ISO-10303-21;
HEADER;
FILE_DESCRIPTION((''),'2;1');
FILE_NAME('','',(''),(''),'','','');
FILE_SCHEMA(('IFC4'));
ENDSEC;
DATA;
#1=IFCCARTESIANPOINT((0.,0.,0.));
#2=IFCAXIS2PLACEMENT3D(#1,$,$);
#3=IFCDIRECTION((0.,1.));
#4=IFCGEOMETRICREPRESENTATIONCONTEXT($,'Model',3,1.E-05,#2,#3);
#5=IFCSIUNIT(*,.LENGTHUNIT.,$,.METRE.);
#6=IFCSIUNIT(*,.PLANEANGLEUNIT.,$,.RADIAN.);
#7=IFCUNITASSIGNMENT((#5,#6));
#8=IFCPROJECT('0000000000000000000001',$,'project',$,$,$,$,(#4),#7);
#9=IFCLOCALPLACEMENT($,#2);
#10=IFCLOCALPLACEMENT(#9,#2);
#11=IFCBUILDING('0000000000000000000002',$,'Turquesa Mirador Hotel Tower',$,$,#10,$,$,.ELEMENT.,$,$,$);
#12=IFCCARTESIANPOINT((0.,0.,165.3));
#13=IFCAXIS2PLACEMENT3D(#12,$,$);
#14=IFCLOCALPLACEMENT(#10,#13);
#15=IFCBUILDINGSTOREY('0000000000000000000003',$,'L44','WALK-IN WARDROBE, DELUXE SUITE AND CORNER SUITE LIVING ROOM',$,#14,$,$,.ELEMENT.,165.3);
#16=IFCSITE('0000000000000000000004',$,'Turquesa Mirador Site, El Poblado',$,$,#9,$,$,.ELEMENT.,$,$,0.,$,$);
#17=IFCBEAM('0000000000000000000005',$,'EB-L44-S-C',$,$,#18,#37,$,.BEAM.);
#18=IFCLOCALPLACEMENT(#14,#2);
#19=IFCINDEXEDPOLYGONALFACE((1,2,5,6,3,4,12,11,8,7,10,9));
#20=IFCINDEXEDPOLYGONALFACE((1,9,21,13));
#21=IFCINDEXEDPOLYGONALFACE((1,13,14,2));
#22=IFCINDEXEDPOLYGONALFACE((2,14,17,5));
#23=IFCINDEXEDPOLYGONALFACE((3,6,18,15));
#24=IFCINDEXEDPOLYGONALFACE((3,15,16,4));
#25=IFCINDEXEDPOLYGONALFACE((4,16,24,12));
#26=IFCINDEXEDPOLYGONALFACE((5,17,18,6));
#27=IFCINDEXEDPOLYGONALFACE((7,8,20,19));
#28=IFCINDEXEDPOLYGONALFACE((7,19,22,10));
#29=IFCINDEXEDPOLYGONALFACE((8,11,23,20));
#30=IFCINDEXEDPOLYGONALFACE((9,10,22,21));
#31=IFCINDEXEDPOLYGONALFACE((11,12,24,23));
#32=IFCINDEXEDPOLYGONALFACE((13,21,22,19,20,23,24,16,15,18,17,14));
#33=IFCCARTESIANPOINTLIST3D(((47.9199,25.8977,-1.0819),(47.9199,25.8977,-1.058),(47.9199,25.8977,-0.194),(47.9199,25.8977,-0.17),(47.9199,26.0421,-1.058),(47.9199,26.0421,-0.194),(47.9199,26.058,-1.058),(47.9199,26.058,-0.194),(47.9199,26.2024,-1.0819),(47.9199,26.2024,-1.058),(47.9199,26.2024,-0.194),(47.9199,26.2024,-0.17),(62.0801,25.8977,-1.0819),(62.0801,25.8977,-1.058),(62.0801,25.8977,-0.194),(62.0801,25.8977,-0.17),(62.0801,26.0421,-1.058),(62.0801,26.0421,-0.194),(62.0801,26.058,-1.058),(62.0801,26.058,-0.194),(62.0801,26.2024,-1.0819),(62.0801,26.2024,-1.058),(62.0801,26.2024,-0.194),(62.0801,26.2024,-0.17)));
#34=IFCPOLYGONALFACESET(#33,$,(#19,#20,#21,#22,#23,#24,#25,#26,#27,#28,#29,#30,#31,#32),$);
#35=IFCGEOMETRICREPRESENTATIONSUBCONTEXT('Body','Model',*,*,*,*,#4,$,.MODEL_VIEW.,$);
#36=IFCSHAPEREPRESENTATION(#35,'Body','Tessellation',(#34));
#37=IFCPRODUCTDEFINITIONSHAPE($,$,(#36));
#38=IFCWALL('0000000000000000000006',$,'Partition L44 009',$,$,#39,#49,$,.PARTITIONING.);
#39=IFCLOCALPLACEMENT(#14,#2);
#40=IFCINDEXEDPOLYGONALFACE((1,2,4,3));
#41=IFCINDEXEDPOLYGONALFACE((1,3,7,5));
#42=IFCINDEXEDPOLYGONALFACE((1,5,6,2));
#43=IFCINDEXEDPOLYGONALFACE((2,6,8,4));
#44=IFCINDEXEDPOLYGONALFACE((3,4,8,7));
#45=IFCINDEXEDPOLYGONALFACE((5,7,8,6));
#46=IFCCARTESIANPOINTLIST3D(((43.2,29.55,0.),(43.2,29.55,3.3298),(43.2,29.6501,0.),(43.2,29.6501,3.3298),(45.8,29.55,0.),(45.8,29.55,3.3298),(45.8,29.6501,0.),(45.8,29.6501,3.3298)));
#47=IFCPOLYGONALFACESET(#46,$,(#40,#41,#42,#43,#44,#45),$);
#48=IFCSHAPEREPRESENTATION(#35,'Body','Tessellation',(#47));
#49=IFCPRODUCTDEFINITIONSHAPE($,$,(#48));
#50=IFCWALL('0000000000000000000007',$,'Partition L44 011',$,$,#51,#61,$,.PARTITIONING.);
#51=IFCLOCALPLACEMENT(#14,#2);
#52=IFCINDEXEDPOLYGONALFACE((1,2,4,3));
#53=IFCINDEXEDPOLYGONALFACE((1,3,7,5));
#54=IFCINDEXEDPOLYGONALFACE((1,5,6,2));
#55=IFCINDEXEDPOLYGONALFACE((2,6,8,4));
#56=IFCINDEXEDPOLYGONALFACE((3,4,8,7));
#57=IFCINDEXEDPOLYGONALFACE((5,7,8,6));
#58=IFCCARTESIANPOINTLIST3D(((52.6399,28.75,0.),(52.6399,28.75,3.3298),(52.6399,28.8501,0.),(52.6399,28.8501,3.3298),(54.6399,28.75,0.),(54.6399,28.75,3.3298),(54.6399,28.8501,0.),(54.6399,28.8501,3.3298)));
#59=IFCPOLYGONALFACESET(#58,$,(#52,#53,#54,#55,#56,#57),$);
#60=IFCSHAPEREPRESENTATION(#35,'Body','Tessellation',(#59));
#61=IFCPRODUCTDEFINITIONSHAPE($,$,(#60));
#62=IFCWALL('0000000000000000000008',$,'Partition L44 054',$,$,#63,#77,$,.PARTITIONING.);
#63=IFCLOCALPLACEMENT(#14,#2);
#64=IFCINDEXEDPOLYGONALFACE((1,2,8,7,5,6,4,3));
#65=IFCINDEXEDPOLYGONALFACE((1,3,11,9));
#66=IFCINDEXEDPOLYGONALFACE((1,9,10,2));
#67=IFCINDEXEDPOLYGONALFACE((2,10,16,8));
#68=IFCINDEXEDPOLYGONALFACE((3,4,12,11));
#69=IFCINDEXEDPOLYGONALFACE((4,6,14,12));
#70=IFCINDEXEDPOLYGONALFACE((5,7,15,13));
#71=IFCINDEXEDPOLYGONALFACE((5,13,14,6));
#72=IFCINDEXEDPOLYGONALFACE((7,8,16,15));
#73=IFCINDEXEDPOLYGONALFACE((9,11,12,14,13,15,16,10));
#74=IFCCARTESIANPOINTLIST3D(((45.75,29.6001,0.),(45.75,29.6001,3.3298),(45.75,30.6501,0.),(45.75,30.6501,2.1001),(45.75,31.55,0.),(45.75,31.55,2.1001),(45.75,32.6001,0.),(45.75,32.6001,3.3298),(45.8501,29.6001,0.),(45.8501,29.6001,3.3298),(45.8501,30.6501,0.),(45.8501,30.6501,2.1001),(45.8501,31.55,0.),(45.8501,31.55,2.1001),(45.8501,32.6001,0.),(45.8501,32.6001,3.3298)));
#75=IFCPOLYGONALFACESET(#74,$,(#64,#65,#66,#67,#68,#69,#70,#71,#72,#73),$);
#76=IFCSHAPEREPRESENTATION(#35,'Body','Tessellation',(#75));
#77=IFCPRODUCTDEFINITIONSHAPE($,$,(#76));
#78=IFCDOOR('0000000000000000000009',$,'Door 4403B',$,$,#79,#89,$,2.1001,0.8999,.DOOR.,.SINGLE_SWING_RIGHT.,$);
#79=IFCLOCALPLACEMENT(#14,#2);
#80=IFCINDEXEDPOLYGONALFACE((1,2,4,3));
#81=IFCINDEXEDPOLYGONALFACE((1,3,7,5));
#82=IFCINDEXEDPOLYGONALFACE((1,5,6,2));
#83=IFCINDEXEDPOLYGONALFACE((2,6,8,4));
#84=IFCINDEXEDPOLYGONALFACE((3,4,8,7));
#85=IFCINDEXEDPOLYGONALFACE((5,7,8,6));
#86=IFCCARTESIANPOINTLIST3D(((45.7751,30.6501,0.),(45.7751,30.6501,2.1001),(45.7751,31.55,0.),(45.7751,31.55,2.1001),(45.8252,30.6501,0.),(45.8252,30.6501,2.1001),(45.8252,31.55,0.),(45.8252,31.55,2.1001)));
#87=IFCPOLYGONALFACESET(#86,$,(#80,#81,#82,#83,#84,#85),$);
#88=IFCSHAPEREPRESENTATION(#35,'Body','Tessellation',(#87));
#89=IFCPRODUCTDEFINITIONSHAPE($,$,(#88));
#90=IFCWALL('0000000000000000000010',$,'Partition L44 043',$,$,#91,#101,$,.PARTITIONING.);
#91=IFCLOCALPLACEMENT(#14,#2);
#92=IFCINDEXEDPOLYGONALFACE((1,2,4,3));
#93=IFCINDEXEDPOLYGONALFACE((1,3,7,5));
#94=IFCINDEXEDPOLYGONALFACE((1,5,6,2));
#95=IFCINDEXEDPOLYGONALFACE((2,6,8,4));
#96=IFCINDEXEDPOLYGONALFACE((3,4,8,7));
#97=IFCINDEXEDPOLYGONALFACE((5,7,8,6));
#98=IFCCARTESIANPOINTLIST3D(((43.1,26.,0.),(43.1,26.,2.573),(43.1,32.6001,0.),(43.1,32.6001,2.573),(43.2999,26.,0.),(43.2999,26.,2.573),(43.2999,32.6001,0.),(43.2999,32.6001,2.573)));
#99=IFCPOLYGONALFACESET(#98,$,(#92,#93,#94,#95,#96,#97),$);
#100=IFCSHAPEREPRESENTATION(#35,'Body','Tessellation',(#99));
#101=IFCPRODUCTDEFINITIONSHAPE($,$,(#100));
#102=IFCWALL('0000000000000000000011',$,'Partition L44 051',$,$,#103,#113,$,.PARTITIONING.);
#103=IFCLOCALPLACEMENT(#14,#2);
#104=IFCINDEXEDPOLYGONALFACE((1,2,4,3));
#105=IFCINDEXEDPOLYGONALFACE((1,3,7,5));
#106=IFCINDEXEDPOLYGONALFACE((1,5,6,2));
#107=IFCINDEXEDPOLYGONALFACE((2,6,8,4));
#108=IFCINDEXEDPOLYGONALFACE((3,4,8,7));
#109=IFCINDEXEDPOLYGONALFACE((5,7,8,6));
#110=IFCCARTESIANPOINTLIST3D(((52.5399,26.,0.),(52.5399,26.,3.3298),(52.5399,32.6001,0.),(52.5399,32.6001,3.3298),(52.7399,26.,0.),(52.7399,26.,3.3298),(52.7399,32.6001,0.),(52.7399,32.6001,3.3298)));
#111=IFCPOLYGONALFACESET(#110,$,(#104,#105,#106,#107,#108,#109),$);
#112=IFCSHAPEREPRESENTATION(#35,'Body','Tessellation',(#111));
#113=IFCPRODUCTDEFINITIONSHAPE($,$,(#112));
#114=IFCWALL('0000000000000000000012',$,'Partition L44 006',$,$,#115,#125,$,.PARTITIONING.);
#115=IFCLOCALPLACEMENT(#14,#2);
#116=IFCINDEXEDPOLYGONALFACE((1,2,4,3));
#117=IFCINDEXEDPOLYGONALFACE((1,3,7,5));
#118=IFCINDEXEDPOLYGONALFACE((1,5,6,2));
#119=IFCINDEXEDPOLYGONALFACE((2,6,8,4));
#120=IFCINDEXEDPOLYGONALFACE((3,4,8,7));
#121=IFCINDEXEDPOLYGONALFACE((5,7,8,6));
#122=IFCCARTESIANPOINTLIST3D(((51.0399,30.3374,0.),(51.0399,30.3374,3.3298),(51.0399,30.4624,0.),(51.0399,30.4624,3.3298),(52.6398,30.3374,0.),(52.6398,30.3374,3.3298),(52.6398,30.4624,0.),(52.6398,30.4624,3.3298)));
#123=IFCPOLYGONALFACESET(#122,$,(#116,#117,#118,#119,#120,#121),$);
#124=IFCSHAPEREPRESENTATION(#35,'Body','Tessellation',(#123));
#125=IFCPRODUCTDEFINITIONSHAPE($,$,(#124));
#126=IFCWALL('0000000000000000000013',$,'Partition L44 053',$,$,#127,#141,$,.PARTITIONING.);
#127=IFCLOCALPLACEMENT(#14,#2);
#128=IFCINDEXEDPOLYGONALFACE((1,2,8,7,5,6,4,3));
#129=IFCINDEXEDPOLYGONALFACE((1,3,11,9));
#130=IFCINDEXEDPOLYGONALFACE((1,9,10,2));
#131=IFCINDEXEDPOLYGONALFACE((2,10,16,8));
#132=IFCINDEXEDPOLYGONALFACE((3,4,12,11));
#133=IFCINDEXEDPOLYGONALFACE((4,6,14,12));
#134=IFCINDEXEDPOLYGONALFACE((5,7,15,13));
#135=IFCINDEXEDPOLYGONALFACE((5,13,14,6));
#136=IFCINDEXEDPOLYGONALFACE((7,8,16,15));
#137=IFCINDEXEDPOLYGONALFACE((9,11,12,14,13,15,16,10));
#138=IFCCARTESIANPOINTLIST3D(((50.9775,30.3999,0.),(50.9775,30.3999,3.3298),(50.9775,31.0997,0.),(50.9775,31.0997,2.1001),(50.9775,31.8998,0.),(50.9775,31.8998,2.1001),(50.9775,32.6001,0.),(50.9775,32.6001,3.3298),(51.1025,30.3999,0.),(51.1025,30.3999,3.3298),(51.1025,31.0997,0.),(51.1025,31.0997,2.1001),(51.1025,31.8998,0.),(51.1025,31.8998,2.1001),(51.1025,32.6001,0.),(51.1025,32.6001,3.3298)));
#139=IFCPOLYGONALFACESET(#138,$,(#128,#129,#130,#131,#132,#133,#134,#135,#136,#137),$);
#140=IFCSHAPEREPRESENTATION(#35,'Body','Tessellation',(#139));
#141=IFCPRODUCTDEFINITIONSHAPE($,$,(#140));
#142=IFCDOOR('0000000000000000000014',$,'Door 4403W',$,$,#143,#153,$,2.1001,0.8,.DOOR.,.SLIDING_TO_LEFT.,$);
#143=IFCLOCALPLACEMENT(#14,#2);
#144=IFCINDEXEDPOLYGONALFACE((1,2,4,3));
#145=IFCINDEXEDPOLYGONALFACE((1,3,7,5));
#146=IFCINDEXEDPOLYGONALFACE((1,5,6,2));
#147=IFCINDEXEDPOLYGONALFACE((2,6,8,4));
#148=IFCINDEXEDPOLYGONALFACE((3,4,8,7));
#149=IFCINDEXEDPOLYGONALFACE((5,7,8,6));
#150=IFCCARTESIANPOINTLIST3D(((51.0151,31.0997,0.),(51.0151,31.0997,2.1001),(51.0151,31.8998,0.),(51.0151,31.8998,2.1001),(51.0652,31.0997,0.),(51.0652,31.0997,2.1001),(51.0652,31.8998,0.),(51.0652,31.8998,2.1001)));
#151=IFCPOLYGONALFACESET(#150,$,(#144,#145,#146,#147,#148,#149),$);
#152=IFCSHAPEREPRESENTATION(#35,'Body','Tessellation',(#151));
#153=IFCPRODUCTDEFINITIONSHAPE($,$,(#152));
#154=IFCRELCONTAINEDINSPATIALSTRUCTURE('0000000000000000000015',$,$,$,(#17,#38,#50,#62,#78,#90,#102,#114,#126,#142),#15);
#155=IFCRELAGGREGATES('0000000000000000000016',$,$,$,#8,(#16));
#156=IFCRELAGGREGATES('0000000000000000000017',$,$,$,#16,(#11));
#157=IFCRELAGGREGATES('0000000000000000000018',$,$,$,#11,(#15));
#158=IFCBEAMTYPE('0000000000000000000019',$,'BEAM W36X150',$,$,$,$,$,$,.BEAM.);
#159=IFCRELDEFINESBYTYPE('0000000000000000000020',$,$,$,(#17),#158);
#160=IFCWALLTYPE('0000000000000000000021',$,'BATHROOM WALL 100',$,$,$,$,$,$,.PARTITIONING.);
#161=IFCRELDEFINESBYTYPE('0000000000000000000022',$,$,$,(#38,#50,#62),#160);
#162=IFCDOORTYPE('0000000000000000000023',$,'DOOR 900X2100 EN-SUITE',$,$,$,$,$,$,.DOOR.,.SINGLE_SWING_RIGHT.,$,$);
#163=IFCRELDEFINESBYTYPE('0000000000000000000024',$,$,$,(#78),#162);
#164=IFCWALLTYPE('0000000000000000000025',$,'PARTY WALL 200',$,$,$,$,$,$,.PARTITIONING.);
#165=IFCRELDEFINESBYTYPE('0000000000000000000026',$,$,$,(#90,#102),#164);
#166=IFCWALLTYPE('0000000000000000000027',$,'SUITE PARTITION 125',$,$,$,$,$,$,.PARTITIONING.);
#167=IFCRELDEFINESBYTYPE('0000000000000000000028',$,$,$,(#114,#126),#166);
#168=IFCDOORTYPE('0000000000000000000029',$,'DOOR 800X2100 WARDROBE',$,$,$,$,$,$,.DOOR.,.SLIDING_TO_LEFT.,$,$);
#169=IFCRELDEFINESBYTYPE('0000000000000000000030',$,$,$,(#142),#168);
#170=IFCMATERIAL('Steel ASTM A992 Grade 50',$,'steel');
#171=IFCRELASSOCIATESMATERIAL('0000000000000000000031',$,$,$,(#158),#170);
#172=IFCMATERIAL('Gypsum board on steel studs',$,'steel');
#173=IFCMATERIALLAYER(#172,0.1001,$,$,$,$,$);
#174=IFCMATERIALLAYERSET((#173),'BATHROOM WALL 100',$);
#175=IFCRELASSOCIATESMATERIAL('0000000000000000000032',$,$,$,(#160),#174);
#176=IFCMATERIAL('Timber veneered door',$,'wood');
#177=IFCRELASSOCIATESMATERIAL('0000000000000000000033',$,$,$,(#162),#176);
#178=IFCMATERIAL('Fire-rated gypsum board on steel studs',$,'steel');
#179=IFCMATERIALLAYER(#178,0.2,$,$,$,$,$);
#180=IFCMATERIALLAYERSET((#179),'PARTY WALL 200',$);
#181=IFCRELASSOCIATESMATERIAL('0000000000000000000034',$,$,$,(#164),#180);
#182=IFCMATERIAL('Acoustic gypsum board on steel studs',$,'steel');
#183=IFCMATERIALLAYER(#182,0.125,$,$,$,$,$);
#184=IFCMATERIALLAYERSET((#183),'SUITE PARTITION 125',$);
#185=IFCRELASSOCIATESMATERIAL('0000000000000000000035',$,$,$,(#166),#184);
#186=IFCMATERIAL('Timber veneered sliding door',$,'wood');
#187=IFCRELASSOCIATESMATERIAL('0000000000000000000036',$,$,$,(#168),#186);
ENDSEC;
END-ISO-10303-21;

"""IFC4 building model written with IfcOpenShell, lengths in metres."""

from ifc_helpers import new_model, si_unit, direction, frame, frame_2d, origin, origin_2d, place, context, subcontext, project, spatial, rectangle, i_section, extrude, material, layer, layer_set, material_profile, profile_set, type_object, element, fill, save


model = new_model("IFC4")

# Units and contexts
model_context = context("Model", 3, precision=1e-05, world=origin(), true_north=direction((0.0, 1.0)))
body_context = subcontext(model_context, "Body", "Model", "MODEL_VIEW")
ifc_project = project(units=[si_unit("LENGTHUNIT", "METRE"), si_unit("PLANEANGLEUNIT", "RADIAN")], contexts=[model_context])

# Site, building, storey
site_placement = place(None, origin())
site = spatial("IfcSite", under=ifc_project, at=site_placement, Name="Turquesa Mirador Site, El Poblado", CompositionType="ELEMENT", RefElevation=0.0)
building_placement = place(site_placement, origin())
building = spatial("IfcBuilding", under=site, at=building_placement, Name="Turquesa Mirador Hotel Tower", CompositionType="ELEMENT")
storey_placement = place(building_placement, frame((0.0, 0.0, 165.3)))
storey = spatial("IfcBuildingStorey", under=building, at=storey_placement, Name="L44", Description="WALK-IN WARDROBE, DELUXE SUITE AND CORNER SUITE LIVING ROOM", CompositionType="ELEMENT", Elevation=165.3)

# Beam
ifc_material_1 = material(Name="Steel ASTM A992 Grade 50", Category="steel")
ifc_material_profile_1 = material_profile(ifc_material_1, i_section(OverallWidth=0.3047, OverallDepth=0.9119, WebThickness=0.0159, FlangeThickness=0.0239, at=origin_2d()), Name="W36X150")
ifc_profile_set_1 = profile_set([ifc_material_profile_1], Name="Steel ASTM A992 Grade 50")
beam_type_1 = type_object("IfcBeamType", Name="BEAM W36X150", PredefinedType="BEAM", material=ifc_profile_set_1)
beam_1_placement = place(storey_placement, frame((47.9199, 26.05, -0.626), z_axis=(1.0, 0.0, 0.0), x_axis=(0.0, 1.0, 0.0)))
element("IfcBeam", 1, at=beam_1_placement, inside=storey, type_object=beam_type_1, Name="EB-L44-S-C", PredefinedType="BEAM", context=body_context, shape_type="SweptSolid", body=[
    extrude(i_section(OverallWidth=0.3047, OverallDepth=0.9119, WebThickness=0.0159, FlangeThickness=0.0239, at=origin_2d()), origin(), (0.0, 0.0, 1.0), 14.1602),
])

# Walls
ifc_material_2 = material(Name="Gypsum board on steel studs", Category="steel")
ifc_layer_1 = layer(ifc_material_2, 0.1001)
ifc_layer_set_1 = layer_set([ifc_layer_1], Name="BATHROOM WALL 100")
wall_type_1 = type_object("IfcWallType", Name="BATHROOM WALL 100", PredefinedType="PARTITIONING", material=ifc_layer_set_1)
wall_1_placement = place(storey_placement, frame((43.2, 29.6001, 0.0), z_axis=(0.0, 0.0, 1.0), x_axis=(1.0, 0.0, 0.0)))
element("IfcWall", 2, at=wall_1_placement, inside=storey, type_object=wall_type_1, Name="Partition L44 009", PredefinedType="PARTITIONING", context=body_context, shape_type="SweptSolid", body=[
    extrude(rectangle(XDim=2.6001, YDim=0.1001, at=frame_2d((1.3, 0.0))), origin(), (0.0, 0.0, 1.0), 3.3298),
])
wall_2_placement = place(storey_placement, frame((52.6399, 28.8, 0.0), z_axis=(0.0, 0.0, 1.0), x_axis=(1.0, 0.0, 0.0)))
element("IfcWall", 3, at=wall_2_placement, inside=storey, type_object=wall_type_1, Name="Partition L44 011", PredefinedType="PARTITIONING", context=body_context, shape_type="SweptSolid", body=[
    extrude(rectangle(XDim=2.0, YDim=0.1001, at=frame_2d((1.0, 0.0))), origin(), (0.0, 0.0, 1.0), 3.3298),
])

# Wall, opening, door
wall_3_placement = place(storey_placement, frame((45.8, 29.6001, 0.0), z_axis=(0.0, 0.0, 1.0), x_axis=(0.0, 1.0, 0.0)))
wall_3 = element("IfcWall", 4, at=wall_3_placement, inside=storey, type_object=wall_type_1, Name="Partition L44 054", PredefinedType="PARTITIONING", context=body_context, shape_type="SweptSolid", body=[
    extrude(rectangle(XDim=3.0, YDim=0.1001, at=frame_2d((1.5, 0.0))), origin(), (0.0, 0.0, 1.0), 3.3298),
])
opening_1_placement = place(wall_3_placement, frame((1.05, 0.0, 0.0)))
opening_1 = element("IfcOpeningElement", 5, at=opening_1_placement, cuts=wall_3, PredefinedType="OPENING", context=body_context, shape_type="SweptSolid", body=[
    extrude(rectangle(XDim=0.8999, YDim=2.1001, at=frame_2d((0.45, 1.05))), frame((0.0, 0.0601, 0.0), z_axis=(0.0, -1.0, 0.0), x_axis=(1.0, 0.0, 0.0)), (0.0, 0.0, 1.0), 0.1201),
])
ifc_material_3 = material(Name="Timber veneered door", Category="wood")
door_type_1 = type_object("IfcDoorType", Name="DOOR 900X2100 EN-SUITE", OperationType="SINGLE_SWING_RIGHT", PredefinedType="DOOR", material=ifc_material_3)
door_1_placement = place(opening_1_placement, origin())
door_1 = element("IfcDoor", 6, at=door_1_placement, inside=storey, type_object=door_type_1, Name="Door 4403B", OperationType="SINGLE_SWING_RIGHT", OverallHeight=2.1001, OverallWidth=0.8999, PredefinedType="DOOR", context=body_context, shape_type="SweptSolid", body=[
    extrude(rectangle(XDim=0.8999, YDim=2.1001, at=frame_2d((0.45, 1.05))), frame((0.0, 0.0249, 0.0), z_axis=(0.0, -1.0, 0.0), x_axis=(1.0, 0.0, 0.0)), (0.0, 0.0, 1.0), 0.05),
])
fill(opening_1, door_1)

# Walls
ifc_material_4 = material(Name="Fire-rated gypsum board on steel studs", Category="steel")
ifc_layer_2 = layer(ifc_material_4, 0.2)
ifc_layer_set_2 = layer_set([ifc_layer_2], Name="PARTY WALL 200")
wall_type_2 = type_object("IfcWallType", Name="PARTY WALL 200", PredefinedType="PARTITIONING", material=ifc_layer_set_2)
wall_4_placement = place(storey_placement, frame((43.2, 26.0, 0.0), z_axis=(0.0, 0.0, 1.0), x_axis=(0.0, 1.0, 0.0)))
element("IfcWall", 7, at=wall_4_placement, inside=storey, type_object=wall_type_2, Name="Partition L44 043", PredefinedType="PARTITIONING", context=body_context, shape_type="SweptSolid", body=[
    extrude(rectangle(XDim=6.6001, YDim=0.2, at=frame_2d((3.3, 0.0))), origin(), (0.0, 0.0, 1.0), 2.573),
])
wall_5_placement = place(storey_placement, frame((52.6399, 26.0, 0.0), z_axis=(0.0, 0.0, 1.0), x_axis=(0.0, 1.0, 0.0)))
element("IfcWall", 8, at=wall_5_placement, inside=storey, type_object=wall_type_2, Name="Partition L44 051", PredefinedType="PARTITIONING", context=body_context, shape_type="SweptSolid", body=[
    extrude(rectangle(XDim=6.6001, YDim=0.2, at=frame_2d((3.3, 0.0))), origin(), (0.0, 0.0, 1.0), 3.3298),
])
ifc_material_5 = material(Name="Acoustic gypsum board on steel studs", Category="steel")
ifc_layer_3 = layer(ifc_material_5, 0.125)
ifc_layer_set_3 = layer_set([ifc_layer_3], Name="SUITE PARTITION 125")
wall_type_3 = type_object("IfcWallType", Name="SUITE PARTITION 125", PredefinedType="PARTITIONING", material=ifc_layer_set_3)
wall_6_placement = place(storey_placement, frame((51.04, 30.3999, 0.0), z_axis=(0.0, 0.0, 1.0), x_axis=(1.0, 0.0, 0.0)))
element("IfcWall", 9, at=wall_6_placement, inside=storey, type_object=wall_type_3, Name="Partition L44 006", PredefinedType="PARTITIONING", context=body_context, shape_type="SweptSolid", body=[
    extrude(rectangle(XDim=1.5999, YDim=0.125, at=frame_2d((0.7998, 0.0))), origin(), (0.0, 0.0, 1.0), 3.3298),
])

# Wall, opening, door
wall_7_placement = place(storey_placement, frame((51.04, 30.3999, 0.0), z_axis=(0.0, 0.0, 1.0), x_axis=(0.0, 1.0, 0.0)))
wall_7 = element("IfcWall", 10, at=wall_7_placement, inside=storey, type_object=wall_type_3, Name="Partition L44 053", PredefinedType="PARTITIONING", context=body_context, shape_type="SweptSolid", body=[
    extrude(rectangle(XDim=2.2002, YDim=0.125, at=frame_2d((1.1001, 0.0))), origin(), (0.0, 0.0, 1.0), 3.3298),
])
opening_2_placement = place(wall_7_placement, frame((0.7, 0.0, 0.0)))
opening_2 = element("IfcOpeningElement", 11, at=opening_2_placement, cuts=wall_7, PredefinedType="OPENING", context=body_context, shape_type="SweptSolid", body=[
    extrude(rectangle(XDim=0.8, YDim=2.1001, at=frame_2d((0.3999, 1.05))), frame((0.0, 0.0725, 0.0), z_axis=(0.0, -1.0, 0.0), x_axis=(1.0, 0.0, 0.0)), (0.0, 0.0, 1.0), 0.145),
])
ifc_material_6 = material(Name="Timber veneered sliding door", Category="wood")
door_type_2 = type_object("IfcDoorType", Name="DOOR 800X2100 WARDROBE", OperationType="SLIDING_TO_LEFT", PredefinedType="DOOR", material=ifc_material_6)
door_2_placement = place(opening_2_placement, origin())
door_2 = element("IfcDoor", 12, at=door_2_placement, inside=storey, type_object=door_type_2, Name="Door 4403W", OperationType="SLIDING_TO_LEFT", OverallHeight=2.1001, OverallWidth=0.8, PredefinedType="DOOR", context=body_context, shape_type="SweptSolid", body=[
    extrude(rectangle(XDim=0.8, YDim=2.1001, at=frame_2d((0.3999, 1.05))), frame((0.0, 0.0249, 0.0), z_axis=(0.0, -1.0, 0.0), x_axis=(1.0, 0.0, 0.0)), (0.0, 0.0, 1.0), 0.05),
])
fill(opening_2, door_2)

save(model, "model.ifc")
